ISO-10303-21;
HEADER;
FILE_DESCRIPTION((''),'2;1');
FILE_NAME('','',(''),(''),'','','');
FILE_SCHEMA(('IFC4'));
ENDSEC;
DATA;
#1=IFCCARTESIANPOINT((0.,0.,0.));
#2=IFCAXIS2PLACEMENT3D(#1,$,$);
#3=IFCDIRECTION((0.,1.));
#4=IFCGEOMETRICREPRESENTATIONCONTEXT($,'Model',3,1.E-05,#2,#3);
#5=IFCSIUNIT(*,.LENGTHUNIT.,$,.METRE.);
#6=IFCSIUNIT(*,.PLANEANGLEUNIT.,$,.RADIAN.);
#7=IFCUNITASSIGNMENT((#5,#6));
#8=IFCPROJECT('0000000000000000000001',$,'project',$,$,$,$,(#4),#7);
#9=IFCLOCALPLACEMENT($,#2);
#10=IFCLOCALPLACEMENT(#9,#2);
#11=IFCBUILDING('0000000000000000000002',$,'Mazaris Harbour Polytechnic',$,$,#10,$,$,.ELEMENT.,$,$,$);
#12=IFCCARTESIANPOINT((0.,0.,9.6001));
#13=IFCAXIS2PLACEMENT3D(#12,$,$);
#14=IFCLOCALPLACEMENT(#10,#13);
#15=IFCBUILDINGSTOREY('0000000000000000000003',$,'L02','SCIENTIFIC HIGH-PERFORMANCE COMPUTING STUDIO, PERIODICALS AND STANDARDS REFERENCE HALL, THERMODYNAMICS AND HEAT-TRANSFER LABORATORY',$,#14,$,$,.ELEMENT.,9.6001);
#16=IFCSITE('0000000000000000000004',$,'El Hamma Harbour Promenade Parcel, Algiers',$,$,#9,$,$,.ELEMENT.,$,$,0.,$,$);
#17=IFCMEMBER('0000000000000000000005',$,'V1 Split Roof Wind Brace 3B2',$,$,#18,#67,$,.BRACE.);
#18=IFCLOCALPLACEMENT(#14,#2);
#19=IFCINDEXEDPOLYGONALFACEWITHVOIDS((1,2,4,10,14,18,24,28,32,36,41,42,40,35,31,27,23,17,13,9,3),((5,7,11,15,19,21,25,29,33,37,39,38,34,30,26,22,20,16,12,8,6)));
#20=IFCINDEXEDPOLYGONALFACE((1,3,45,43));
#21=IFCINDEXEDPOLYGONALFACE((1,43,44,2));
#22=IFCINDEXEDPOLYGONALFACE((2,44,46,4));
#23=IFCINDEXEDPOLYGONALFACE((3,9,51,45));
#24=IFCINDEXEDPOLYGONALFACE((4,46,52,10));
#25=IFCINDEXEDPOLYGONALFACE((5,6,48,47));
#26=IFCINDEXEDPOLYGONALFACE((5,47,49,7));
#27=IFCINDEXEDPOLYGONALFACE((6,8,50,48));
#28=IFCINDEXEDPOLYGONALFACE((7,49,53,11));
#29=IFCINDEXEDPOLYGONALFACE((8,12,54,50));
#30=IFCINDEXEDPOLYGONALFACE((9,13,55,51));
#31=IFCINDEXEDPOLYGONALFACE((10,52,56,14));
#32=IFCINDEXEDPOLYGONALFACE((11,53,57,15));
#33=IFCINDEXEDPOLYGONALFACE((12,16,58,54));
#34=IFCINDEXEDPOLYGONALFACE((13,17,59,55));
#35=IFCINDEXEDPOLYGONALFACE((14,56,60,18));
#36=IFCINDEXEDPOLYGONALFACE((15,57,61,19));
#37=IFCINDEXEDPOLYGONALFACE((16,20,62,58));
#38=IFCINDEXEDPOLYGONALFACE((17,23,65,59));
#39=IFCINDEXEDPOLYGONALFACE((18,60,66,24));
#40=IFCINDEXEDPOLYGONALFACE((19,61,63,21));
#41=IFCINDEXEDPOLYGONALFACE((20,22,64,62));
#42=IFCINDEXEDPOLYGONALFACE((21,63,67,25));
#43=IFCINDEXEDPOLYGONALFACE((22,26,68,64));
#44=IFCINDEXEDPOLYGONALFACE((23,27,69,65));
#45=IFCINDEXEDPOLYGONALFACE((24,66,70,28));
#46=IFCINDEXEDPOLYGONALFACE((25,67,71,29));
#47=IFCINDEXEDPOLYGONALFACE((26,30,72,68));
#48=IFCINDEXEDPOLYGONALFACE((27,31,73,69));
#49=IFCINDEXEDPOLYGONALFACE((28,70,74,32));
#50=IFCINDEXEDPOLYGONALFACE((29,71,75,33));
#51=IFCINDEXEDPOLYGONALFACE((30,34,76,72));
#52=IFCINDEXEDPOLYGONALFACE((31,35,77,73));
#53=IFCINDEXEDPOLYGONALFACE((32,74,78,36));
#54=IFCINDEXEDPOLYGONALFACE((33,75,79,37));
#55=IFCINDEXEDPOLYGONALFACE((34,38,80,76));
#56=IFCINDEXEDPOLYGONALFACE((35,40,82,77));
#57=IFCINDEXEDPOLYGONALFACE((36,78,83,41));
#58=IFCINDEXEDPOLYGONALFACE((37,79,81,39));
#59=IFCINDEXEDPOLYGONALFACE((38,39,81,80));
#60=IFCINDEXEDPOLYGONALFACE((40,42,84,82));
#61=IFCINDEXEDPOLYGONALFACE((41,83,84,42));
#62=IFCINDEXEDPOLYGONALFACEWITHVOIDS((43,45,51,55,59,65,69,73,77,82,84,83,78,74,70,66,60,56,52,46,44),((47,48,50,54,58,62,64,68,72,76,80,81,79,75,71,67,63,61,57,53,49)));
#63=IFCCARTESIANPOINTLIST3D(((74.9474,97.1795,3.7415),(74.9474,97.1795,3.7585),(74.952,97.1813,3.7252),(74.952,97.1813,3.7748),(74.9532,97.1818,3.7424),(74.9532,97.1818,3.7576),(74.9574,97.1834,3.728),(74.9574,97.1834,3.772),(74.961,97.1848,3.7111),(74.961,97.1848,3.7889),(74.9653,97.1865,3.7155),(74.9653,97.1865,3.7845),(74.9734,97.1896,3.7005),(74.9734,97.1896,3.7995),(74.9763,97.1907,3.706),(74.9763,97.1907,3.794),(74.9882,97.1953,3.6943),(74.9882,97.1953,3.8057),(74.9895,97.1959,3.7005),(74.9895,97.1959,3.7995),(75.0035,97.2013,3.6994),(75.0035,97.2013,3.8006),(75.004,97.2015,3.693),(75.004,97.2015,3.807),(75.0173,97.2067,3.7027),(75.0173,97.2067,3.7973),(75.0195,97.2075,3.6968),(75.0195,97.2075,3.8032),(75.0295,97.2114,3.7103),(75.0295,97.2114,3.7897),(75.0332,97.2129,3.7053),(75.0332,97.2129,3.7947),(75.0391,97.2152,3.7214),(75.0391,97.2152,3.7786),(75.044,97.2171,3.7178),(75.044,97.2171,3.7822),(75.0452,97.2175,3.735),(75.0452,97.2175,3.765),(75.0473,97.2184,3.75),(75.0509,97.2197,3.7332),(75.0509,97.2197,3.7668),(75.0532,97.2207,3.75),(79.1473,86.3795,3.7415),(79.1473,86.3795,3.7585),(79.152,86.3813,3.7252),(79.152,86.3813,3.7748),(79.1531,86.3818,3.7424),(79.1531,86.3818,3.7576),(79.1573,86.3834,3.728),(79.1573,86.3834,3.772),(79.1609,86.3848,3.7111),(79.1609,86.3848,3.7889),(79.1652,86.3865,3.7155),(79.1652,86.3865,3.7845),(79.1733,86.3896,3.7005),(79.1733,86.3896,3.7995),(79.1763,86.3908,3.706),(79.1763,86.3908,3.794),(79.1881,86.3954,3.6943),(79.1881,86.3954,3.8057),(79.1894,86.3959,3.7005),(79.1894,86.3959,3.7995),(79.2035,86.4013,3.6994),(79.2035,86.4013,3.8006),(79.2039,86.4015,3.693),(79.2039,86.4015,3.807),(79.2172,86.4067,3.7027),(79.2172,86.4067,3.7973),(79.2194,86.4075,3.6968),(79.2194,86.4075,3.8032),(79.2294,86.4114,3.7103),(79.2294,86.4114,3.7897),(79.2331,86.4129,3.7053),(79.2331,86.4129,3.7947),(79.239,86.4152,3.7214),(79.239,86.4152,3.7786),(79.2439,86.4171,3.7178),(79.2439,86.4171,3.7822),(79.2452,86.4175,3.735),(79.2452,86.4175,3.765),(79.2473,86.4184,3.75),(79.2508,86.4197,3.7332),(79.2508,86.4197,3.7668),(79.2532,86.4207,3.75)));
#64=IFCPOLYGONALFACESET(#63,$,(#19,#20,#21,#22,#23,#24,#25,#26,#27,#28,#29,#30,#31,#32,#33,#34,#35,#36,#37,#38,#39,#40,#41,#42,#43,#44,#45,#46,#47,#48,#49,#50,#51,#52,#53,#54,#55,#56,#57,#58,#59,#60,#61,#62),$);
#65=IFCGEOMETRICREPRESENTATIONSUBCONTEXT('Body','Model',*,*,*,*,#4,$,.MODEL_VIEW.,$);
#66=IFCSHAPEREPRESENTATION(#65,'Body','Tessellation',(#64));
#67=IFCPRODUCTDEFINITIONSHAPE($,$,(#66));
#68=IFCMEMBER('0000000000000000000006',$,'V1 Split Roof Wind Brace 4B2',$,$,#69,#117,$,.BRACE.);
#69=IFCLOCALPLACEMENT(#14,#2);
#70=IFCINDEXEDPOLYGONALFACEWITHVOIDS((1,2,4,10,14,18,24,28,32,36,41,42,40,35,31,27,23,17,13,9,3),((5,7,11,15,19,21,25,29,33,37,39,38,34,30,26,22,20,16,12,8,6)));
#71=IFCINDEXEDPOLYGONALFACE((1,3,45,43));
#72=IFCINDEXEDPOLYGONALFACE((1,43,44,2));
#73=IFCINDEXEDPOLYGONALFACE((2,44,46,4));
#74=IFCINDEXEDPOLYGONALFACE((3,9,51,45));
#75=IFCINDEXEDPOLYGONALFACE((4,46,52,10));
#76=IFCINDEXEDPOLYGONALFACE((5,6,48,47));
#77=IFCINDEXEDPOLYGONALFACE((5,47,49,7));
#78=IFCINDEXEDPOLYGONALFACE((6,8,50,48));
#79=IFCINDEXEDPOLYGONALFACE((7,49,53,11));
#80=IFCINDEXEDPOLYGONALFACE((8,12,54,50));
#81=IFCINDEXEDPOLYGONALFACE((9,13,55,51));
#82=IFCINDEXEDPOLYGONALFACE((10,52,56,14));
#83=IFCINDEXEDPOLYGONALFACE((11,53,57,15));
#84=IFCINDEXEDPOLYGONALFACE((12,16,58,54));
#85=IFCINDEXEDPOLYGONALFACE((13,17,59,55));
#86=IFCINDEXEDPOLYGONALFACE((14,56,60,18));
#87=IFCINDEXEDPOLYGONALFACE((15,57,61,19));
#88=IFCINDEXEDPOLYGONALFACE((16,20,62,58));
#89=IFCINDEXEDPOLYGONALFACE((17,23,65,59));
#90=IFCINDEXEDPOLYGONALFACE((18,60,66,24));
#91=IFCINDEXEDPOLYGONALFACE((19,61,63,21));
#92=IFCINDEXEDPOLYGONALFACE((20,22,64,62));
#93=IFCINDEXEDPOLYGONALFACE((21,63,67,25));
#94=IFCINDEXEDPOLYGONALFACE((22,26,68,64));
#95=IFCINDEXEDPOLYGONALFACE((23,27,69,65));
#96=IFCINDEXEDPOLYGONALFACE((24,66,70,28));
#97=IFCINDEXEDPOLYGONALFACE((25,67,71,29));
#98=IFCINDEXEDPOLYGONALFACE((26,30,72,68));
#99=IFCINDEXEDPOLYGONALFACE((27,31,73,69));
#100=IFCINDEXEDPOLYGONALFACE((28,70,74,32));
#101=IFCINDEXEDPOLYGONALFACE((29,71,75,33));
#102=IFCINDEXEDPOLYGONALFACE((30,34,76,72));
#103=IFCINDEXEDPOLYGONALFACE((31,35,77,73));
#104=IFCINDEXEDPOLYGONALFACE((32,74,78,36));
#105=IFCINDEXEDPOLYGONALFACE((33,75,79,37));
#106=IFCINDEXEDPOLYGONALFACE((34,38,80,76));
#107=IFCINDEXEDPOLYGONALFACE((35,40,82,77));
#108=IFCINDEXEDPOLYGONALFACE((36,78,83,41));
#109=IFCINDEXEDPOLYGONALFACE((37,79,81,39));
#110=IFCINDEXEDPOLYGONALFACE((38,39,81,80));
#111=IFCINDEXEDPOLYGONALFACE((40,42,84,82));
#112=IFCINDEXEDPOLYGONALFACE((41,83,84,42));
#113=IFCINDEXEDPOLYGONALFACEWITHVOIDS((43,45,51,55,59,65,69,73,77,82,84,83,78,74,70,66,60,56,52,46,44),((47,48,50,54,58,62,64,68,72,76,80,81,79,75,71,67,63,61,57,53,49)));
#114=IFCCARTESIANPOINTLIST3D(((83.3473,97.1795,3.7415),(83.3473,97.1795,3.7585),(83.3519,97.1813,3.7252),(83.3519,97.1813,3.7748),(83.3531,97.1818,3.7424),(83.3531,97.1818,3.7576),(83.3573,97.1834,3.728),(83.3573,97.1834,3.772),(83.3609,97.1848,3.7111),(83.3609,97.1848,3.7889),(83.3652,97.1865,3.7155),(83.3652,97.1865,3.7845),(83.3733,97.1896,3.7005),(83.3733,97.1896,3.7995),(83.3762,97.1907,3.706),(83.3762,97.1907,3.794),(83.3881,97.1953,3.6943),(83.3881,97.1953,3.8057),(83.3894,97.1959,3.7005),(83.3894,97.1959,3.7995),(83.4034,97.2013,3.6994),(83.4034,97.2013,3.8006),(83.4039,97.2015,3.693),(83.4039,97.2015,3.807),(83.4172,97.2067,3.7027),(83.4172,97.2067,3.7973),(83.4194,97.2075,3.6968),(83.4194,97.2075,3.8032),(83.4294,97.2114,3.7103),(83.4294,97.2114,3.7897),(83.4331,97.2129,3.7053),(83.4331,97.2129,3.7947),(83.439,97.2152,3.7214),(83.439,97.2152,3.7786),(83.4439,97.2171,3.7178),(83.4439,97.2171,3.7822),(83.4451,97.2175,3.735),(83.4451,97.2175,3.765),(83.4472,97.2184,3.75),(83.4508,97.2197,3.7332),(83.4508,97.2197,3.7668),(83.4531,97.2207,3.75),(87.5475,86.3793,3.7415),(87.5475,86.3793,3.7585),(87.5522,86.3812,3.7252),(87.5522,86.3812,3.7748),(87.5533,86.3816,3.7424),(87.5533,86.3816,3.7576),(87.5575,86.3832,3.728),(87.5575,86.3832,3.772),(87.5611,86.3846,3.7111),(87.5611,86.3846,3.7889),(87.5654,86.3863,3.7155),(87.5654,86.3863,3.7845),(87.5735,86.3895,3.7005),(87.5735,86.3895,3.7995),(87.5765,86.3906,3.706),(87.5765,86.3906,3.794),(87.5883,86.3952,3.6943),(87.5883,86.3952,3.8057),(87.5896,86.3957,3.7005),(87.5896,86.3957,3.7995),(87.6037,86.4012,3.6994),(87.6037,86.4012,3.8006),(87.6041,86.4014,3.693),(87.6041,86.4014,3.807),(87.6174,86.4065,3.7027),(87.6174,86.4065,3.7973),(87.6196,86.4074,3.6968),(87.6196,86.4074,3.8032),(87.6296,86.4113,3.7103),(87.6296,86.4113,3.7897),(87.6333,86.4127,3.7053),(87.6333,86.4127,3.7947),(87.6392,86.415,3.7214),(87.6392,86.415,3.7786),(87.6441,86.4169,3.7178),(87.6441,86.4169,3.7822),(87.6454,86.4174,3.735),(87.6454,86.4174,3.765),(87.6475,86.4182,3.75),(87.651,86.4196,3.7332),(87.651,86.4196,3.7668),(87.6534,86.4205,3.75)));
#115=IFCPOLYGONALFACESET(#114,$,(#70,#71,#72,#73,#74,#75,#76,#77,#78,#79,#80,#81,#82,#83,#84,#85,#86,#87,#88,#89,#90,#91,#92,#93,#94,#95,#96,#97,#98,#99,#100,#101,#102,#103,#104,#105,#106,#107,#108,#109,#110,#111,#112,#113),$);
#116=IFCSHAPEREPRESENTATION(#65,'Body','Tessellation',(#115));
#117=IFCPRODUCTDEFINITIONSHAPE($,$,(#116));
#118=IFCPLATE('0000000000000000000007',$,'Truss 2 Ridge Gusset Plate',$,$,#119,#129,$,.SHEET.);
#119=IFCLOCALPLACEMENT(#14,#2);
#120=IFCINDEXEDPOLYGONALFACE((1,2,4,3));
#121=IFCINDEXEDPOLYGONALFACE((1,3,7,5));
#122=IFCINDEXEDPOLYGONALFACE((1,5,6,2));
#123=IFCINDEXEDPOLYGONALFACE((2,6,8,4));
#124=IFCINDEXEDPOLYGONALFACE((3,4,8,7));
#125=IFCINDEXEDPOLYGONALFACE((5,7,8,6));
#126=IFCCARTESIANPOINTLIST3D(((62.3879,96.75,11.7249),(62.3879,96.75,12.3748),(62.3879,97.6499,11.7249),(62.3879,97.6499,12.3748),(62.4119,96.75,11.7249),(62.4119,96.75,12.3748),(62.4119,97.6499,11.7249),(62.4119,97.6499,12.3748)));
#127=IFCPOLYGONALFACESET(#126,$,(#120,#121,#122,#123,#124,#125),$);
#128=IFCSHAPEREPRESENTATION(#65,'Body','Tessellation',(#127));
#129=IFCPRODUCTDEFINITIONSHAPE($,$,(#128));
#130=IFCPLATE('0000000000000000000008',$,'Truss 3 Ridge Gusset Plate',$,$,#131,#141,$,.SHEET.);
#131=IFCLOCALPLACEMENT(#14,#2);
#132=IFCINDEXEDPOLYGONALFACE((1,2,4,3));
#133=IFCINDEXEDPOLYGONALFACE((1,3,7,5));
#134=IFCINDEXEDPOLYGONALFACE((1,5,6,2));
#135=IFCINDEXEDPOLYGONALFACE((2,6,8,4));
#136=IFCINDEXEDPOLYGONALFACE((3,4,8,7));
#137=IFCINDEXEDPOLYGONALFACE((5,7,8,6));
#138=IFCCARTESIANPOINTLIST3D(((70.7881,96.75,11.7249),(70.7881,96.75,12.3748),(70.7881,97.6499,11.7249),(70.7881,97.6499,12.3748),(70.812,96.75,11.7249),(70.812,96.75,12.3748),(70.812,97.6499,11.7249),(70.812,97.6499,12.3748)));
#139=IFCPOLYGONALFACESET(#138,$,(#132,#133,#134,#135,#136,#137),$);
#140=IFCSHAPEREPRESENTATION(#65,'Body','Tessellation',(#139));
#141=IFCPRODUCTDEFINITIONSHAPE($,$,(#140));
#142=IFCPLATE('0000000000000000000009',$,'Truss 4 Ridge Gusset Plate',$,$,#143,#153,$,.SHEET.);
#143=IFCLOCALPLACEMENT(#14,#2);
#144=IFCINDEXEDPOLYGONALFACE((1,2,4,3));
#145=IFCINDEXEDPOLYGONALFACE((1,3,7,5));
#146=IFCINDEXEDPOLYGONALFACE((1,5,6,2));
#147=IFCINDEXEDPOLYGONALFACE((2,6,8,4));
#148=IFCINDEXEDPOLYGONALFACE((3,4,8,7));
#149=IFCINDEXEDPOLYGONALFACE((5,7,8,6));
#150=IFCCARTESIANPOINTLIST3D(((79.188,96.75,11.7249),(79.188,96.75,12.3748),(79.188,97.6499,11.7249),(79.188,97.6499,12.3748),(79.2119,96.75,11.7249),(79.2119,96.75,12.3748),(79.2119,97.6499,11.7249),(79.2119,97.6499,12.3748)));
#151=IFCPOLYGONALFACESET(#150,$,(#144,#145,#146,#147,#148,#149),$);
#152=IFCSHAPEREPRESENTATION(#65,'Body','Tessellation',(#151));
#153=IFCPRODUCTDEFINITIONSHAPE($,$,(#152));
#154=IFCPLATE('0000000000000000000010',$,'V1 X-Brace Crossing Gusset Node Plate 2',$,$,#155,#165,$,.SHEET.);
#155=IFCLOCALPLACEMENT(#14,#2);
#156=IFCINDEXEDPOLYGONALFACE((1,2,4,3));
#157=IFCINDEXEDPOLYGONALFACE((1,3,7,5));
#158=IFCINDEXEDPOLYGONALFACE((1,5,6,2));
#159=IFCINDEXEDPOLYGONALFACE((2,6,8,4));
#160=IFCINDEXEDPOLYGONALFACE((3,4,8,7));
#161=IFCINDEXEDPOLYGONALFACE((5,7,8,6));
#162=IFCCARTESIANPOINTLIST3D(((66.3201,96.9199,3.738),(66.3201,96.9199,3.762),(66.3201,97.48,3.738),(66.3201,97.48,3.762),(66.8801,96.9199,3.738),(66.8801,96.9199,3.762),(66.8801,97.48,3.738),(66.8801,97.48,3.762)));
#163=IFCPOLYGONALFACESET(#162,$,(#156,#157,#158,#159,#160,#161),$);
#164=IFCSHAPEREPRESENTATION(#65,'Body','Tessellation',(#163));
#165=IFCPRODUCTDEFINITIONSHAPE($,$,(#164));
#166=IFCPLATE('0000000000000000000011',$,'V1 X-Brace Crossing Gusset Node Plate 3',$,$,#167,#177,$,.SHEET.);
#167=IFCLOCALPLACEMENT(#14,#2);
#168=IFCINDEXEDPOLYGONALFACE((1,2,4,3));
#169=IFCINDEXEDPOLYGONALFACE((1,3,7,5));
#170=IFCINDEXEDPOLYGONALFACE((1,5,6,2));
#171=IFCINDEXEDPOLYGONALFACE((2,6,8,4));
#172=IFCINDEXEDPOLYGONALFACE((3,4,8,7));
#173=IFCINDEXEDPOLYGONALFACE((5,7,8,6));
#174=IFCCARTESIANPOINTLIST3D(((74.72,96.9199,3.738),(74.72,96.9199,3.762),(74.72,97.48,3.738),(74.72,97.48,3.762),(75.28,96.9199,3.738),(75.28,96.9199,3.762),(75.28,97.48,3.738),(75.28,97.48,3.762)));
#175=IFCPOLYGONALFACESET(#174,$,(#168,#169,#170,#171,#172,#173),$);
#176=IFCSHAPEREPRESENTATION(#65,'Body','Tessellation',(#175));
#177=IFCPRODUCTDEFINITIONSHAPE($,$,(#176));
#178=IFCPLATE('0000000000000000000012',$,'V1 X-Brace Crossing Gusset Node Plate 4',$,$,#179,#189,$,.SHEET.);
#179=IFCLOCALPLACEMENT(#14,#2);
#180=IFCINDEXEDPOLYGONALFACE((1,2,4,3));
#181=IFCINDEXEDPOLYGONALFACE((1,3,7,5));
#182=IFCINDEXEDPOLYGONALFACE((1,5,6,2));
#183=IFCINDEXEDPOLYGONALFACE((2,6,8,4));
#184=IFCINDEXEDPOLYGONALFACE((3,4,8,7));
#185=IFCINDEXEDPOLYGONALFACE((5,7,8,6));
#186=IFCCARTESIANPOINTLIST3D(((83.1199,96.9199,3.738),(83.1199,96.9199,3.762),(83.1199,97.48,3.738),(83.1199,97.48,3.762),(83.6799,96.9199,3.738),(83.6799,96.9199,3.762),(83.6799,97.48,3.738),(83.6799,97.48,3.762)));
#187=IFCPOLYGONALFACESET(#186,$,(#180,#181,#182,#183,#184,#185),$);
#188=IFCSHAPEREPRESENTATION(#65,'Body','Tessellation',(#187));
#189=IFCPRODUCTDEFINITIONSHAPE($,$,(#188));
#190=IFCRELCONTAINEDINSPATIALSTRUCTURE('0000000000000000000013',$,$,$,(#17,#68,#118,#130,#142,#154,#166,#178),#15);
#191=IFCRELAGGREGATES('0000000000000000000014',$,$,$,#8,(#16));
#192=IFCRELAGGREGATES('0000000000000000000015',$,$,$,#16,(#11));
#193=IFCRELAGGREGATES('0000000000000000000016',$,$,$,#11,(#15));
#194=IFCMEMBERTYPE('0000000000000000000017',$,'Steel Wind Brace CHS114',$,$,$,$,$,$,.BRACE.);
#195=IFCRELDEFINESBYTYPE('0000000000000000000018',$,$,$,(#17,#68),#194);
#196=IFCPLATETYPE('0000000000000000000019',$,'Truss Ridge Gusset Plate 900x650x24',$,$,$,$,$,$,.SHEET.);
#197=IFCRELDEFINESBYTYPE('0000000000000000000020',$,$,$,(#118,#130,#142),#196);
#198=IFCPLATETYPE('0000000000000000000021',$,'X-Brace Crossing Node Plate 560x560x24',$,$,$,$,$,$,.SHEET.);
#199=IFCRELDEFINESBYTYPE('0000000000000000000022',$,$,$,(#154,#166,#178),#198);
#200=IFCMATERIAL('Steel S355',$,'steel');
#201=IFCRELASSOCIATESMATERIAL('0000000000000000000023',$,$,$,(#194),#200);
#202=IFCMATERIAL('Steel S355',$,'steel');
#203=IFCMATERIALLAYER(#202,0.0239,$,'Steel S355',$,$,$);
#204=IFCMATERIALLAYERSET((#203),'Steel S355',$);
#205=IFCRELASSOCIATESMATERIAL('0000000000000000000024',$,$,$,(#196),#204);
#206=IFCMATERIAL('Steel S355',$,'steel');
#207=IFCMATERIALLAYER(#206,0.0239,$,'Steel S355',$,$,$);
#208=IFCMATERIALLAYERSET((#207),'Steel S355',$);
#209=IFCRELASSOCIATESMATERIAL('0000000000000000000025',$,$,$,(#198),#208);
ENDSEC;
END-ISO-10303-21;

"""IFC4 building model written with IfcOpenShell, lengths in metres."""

from ifc_helpers import new_model, si_unit, direction, frame, origin, origin_2d, place, context, subcontext, project, spatial, rectangle, hollow_circle, extrude, material, layer, layer_set, material_profile, profile_set, type_object, element, save


model = new_model("IFC4")

# Units and contexts
model_context = context("Model", 3, precision=1e-05, world=origin(), true_north=direction((0.0, 1.0)))
body_context = subcontext(model_context, "Body", "Model", "MODEL_VIEW")
ifc_project = project(units=[si_unit("LENGTHUNIT", "METRE"), si_unit("PLANEANGLEUNIT", "RADIAN")], contexts=[model_context])

# Site, building, storey
site_placement = place(None, origin())
site = spatial("IfcSite", under=ifc_project, at=site_placement, Name="El Hamma Harbour Promenade Parcel, Algiers", CompositionType="ELEMENT", RefElevation=0.0)
building_placement = place(site_placement, origin())
building = spatial("IfcBuilding", under=site, at=building_placement, Name="Mazaris Harbour Polytechnic", CompositionType="ELEMENT")
storey_placement = place(building_placement, frame((0.0, 0.0, 9.6001)))
storey = spatial("IfcBuildingStorey", under=building, at=storey_placement, Name="L02", Description="SCIENTIFIC HIGH-PERFORMANCE COMPUTING STUDIO, PERIODICALS AND STANDARDS REFERENCE HALL, THERMODYNAMICS AND HEAT-TRANSFER LABORATORY", CompositionType="ELEMENT", Elevation=9.6001)

# Members
ifc_material_1 = material(Name="Steel S355", Category="steel")
ifc_material_profile_1 = material_profile(ifc_material_1, hollow_circle(Radius=0.0571, WallThickness=0.0063, at=origin_2d()), Name="CHS 114.3x6.3")
ifc_profile_set_1 = profile_set([ifc_material_profile_1], Name="Steel S355")
member_type_1 = type_object("IfcMemberType", Name="Steel Wind Brace CHS114", PredefinedType="BRACE", material=ifc_profile_set_1)
for number, where, z_axis, x_axis, name in (
    (1, (75.0, 97.2, 3.75), (0.362441, -0.932007, 0.0), (0.932007, 0.362441, 0.0), "V1 Split Roof Wind Brace 3B2"),
):
    element("IfcMember", number, at=place(storey_placement, frame(where, z_axis=z_axis, x_axis=x_axis)), inside=storey, type_object=member_type_1, Name=name, PredefinedType="BRACE", context=body_context, shape_type="SweptSolid", body=[
        extrude(hollow_circle(Radius=0.0571, WallThickness=0.0063, at=origin_2d()), origin(), (0.0, 0.0, 1.0), 11.5879),
    ])
member_1_placement = place(storey_placement, frame((83.3999, 97.2, 3.75), z_axis=(0.362459, -0.932, 0.0), x_axis=(0.932, 0.362459, 0.0)))
element("IfcMember", 2, at=member_1_placement, inside=storey, type_object=member_type_1, Name="V1 Split Roof Wind Brace 4B2", PredefinedType="BRACE", context=body_context, shape_type="SweptSolid", body=[
    extrude(hollow_circle(Radius=0.0571, WallThickness=0.0063, at=origin_2d()), origin(), (0.0, 0.0, 1.0), 11.5881),
])

# Plates
ifc_material_2 = material(Name="Steel S355", Category="steel")
ifc_layer_1 = layer(ifc_material_2, 0.0239, Name="Steel S355")
ifc_layer_set_1 = layer_set([ifc_layer_1], Name="Steel S355")
plate_type_1 = type_object("IfcPlateType", Name="Truss Ridge Gusset Plate 900x650x24", PredefinedType="SHEET", material=ifc_layer_set_1)
for number, where, z_axis, x_axis, name in (
    (3, (62.3999, 97.2, 11.7249), (0.0, 0.0, 1.0), (0.0, 1.0, 0.0), "Truss 2 Ridge Gusset Plate"),
    (4, (70.8, 97.2, 11.7249), (0.0, 0.0, 1.0), (0.0, 1.0, 0.0), "Truss 3 Ridge Gusset Plate"),
    (5, (79.2, 97.2, 11.7249), (0.0, 0.0, 1.0), (0.0, 1.0, 0.0), "Truss 4 Ridge Gusset Plate"),
):
    element("IfcPlate", number, at=place(storey_placement, frame(where, z_axis=z_axis, x_axis=x_axis)), inside=storey, type_object=plate_type_1, Name=name, PredefinedType="SHEET", context=body_context, shape_type="SweptSolid", body=[
        extrude(rectangle(XDim=0.8999, YDim=0.0239, at=origin_2d()), origin(), (0.0, 0.0, 1.0), 0.6499),
    ])
ifc_material_3 = material(Name="Steel S355", Category="steel")
ifc_layer_2 = layer(ifc_material_3, 0.0239, Name="Steel S355")
ifc_layer_set_2 = layer_set([ifc_layer_2], Name="Steel S355")
plate_type_2 = type_object("IfcPlateType", Name="X-Brace Crossing Node Plate 560x560x24", PredefinedType="SHEET", material=ifc_layer_set_2)
for number, where, z_axis, x_axis, name in (
    (6, (66.6001, 97.2, 3.738), (0.0, 0.0, 1.0), (1.0, 0.0, 0.0), "V1 X-Brace Crossing Gusset Node Plate 2"),
    (7, (75.0, 97.2, 3.738), (0.0, 0.0, 1.0), (1.0, 0.0, 0.0), "V1 X-Brace Crossing Gusset Node Plate 3"),
    (8, (83.3999, 97.2, 3.738), (0.0, 0.0, 1.0), (1.0, 0.0, 0.0), "V1 X-Brace Crossing Gusset Node Plate 4"),
):
    element("IfcPlate", number, at=place(storey_placement, frame(where, z_axis=z_axis, x_axis=x_axis)), inside=storey, type_object=plate_type_2, Name=name, PredefinedType="SHEET", context=body_context, shape_type="SweptSolid", body=[
        extrude(rectangle(XDim=0.5601, YDim=0.5601, at=origin_2d()), origin(), (0.0, 0.0, 1.0), 0.0239),
    ])

save(model, "model.ifc")
